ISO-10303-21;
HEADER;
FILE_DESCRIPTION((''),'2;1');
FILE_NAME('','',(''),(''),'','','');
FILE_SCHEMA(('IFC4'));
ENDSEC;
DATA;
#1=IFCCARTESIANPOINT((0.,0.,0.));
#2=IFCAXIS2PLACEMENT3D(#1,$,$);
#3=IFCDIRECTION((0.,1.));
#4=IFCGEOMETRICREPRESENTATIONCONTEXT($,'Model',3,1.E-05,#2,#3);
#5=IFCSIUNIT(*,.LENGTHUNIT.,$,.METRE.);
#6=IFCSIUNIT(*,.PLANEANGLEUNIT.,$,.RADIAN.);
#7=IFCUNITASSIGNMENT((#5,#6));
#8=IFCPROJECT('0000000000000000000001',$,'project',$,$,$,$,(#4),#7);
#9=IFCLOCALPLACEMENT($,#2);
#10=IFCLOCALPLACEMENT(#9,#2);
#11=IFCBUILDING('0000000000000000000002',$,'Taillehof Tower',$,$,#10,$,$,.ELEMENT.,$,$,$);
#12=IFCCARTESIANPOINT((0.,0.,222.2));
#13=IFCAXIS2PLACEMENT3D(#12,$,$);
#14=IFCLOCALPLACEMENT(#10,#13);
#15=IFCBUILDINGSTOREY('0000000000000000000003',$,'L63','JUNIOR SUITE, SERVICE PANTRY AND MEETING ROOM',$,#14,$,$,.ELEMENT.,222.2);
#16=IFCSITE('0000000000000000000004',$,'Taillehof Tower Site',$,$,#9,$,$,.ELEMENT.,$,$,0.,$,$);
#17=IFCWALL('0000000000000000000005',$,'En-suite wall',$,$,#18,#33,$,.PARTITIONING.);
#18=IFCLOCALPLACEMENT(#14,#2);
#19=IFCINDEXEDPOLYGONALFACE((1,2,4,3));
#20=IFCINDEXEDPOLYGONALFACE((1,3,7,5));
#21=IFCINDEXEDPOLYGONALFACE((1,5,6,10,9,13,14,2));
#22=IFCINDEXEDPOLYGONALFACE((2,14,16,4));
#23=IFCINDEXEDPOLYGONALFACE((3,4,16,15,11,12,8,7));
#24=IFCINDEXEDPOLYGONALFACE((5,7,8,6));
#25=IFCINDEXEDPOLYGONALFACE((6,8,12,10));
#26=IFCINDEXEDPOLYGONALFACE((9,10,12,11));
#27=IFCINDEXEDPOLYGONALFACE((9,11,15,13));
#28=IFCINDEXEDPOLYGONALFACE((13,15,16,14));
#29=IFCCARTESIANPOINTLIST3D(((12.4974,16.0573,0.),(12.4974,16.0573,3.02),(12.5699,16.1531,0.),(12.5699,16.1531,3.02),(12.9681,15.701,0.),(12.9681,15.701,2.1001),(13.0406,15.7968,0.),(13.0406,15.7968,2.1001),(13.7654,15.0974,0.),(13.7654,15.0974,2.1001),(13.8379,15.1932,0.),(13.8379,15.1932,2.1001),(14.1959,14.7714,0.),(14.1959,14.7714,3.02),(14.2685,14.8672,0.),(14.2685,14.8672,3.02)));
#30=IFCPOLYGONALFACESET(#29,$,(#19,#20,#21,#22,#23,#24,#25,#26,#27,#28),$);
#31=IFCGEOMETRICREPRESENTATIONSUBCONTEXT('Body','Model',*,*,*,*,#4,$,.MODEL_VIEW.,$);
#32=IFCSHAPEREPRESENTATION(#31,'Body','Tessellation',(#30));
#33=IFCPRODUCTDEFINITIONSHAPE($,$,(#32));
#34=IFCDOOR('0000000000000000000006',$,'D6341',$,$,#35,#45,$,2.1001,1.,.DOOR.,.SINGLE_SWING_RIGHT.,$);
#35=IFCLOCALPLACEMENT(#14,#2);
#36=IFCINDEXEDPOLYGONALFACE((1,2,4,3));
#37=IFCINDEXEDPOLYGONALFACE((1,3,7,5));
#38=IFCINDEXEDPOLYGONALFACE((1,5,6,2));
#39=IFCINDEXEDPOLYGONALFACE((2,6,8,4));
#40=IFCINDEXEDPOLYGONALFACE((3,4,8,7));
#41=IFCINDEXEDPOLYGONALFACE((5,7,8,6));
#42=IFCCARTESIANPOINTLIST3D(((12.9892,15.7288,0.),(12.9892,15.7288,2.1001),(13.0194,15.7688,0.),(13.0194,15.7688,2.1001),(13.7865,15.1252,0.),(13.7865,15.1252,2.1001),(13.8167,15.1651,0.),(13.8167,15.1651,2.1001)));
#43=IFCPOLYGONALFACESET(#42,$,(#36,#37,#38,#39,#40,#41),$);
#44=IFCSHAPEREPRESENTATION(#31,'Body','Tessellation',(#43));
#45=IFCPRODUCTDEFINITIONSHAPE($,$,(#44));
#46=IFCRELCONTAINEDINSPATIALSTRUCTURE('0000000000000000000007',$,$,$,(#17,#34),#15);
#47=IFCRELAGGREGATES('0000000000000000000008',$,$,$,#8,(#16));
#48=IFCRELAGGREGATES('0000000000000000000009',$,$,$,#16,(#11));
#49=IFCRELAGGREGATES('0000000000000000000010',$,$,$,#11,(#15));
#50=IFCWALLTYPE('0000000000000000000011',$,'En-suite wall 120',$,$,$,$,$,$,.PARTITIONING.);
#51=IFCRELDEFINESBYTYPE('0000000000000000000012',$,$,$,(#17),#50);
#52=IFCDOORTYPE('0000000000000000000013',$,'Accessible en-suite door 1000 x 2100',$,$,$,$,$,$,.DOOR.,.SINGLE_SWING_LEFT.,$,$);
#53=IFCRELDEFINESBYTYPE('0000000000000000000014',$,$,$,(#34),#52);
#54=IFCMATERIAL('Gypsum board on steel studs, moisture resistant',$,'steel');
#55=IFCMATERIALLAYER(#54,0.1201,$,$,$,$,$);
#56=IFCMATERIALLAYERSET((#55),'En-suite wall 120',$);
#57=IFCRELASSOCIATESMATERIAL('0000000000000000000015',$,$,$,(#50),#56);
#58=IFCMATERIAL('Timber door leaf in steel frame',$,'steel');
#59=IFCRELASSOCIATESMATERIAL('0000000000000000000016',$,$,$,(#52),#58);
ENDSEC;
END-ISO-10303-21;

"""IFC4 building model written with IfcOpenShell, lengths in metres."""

from ifc_helpers import new_model, si_unit, direction, frame, frame_2d, origin, place, context, subcontext, project, spatial, rectangle, extrude, material, layer, layer_set, type_object, element, fill, save


model = new_model("IFC4")

# Units and contexts
model_context = context("Model", 3, precision=1e-05, world=origin(), true_north=direction((0.0, 1.0)))
body_context = subcontext(model_context, "Body", "Model", "MODEL_VIEW")
ifc_project = project(units=[si_unit("LENGTHUNIT", "METRE"), si_unit("PLANEANGLEUNIT", "RADIAN")], contexts=[model_context])

# Site, building, storey
site_placement = place(None, origin())
site = spatial("IfcSite", under=ifc_project, at=site_placement, Name="Taillehof Tower Site", CompositionType="ELEMENT", RefElevation=0.0)
building_placement = place(site_placement, origin())
building = spatial("IfcBuilding", under=site, at=building_placement, Name="Taillehof Tower", CompositionType="ELEMENT")
storey_placement = place(building_placement, frame((0.0, 0.0, 222.2)))
storey = spatial("IfcBuildingStorey", under=building, at=storey_placement, Name="L63", Description="JUNIOR SUITE, SERVICE PANTRY AND MEETING ROOM", CompositionType="ELEMENT", Elevation=222.2)

# Shared definitions
ifc_material_1 = material(Name="Gypsum board on steel studs, moisture resistant", Category="steel")
ifc_layer_1 = layer(ifc_material_1, 0.1201)
ifc_layer_set_1 = layer_set([ifc_layer_1], Name="En-suite wall 120")
wall_type_1 = type_object("IfcWallType", Name="En-suite wall 120", PredefinedType="PARTITIONING", material=ifc_layer_set_1)

# Wall, opening, door
wall_1_placement = place(storey_placement, frame((12.5337, 16.1052, 0.0), z_axis=(0.0, 0.0, 1.0), x_axis=(0.797283, -0.603606, 0.0)))
wall_1 = element("IfcWall", 1, at=wall_1_placement, inside=storey, type_object=wall_type_1, Name="En-suite wall", PredefinedType="PARTITIONING", context=body_context, shape_type="SweptSolid", body=[
    extrude(rectangle(XDim=2.1304, YDim=0.1201, at=frame_2d((1.0652, 0.0))), origin(), (0.0, 0.0, 1.0), 3.02),
])
opening_1_placement = place(wall_1_placement, frame((0.5903, 0.0, 0.0)))
opening_1 = element("IfcOpeningElement", 2, at=opening_1_placement, cuts=wall_1, PredefinedType="OPENING", context=body_context, shape_type="SweptSolid", body=[
    extrude(rectangle(XDim=1.0, YDim=2.1001, at=frame_2d((0.5, 1.05))), frame((0.0, 0.0701, 0.0), z_axis=(0.0, -1.0, 0.0), x_axis=(1.0, 0.0, 0.0)), (0.0, 0.0, 1.0), 0.1401),
])
ifc_material_2 = material(Name="Timber door leaf in steel frame", Category="steel")
door_type = type_object("IfcDoorType", Name="Accessible en-suite door 1000 x 2100", OperationType="SINGLE_SWING_LEFT", PredefinedType="DOOR", material=ifc_material_2)
door_placement = place(opening_1_placement, origin())
door = element("IfcDoor", 3, at=door_placement, inside=storey, type_object=door_type, Name="D6341", OperationType="SINGLE_SWING_RIGHT", OverallHeight=2.1001, OverallWidth=1.0, PredefinedType="DOOR", context=body_context, shape_type="SweptSolid", body=[
    extrude(rectangle(XDim=1.0, YDim=2.1001, at=frame_2d((0.5, 1.05))), frame((0.0, 0.0249, 0.0), z_axis=(0.0, -1.0, 0.0), x_axis=(1.0, 0.0, 0.0)), (0.0, 0.0, 1.0), 0.05),
])
fill(opening_1, door)

save(model, "model.ifc")
